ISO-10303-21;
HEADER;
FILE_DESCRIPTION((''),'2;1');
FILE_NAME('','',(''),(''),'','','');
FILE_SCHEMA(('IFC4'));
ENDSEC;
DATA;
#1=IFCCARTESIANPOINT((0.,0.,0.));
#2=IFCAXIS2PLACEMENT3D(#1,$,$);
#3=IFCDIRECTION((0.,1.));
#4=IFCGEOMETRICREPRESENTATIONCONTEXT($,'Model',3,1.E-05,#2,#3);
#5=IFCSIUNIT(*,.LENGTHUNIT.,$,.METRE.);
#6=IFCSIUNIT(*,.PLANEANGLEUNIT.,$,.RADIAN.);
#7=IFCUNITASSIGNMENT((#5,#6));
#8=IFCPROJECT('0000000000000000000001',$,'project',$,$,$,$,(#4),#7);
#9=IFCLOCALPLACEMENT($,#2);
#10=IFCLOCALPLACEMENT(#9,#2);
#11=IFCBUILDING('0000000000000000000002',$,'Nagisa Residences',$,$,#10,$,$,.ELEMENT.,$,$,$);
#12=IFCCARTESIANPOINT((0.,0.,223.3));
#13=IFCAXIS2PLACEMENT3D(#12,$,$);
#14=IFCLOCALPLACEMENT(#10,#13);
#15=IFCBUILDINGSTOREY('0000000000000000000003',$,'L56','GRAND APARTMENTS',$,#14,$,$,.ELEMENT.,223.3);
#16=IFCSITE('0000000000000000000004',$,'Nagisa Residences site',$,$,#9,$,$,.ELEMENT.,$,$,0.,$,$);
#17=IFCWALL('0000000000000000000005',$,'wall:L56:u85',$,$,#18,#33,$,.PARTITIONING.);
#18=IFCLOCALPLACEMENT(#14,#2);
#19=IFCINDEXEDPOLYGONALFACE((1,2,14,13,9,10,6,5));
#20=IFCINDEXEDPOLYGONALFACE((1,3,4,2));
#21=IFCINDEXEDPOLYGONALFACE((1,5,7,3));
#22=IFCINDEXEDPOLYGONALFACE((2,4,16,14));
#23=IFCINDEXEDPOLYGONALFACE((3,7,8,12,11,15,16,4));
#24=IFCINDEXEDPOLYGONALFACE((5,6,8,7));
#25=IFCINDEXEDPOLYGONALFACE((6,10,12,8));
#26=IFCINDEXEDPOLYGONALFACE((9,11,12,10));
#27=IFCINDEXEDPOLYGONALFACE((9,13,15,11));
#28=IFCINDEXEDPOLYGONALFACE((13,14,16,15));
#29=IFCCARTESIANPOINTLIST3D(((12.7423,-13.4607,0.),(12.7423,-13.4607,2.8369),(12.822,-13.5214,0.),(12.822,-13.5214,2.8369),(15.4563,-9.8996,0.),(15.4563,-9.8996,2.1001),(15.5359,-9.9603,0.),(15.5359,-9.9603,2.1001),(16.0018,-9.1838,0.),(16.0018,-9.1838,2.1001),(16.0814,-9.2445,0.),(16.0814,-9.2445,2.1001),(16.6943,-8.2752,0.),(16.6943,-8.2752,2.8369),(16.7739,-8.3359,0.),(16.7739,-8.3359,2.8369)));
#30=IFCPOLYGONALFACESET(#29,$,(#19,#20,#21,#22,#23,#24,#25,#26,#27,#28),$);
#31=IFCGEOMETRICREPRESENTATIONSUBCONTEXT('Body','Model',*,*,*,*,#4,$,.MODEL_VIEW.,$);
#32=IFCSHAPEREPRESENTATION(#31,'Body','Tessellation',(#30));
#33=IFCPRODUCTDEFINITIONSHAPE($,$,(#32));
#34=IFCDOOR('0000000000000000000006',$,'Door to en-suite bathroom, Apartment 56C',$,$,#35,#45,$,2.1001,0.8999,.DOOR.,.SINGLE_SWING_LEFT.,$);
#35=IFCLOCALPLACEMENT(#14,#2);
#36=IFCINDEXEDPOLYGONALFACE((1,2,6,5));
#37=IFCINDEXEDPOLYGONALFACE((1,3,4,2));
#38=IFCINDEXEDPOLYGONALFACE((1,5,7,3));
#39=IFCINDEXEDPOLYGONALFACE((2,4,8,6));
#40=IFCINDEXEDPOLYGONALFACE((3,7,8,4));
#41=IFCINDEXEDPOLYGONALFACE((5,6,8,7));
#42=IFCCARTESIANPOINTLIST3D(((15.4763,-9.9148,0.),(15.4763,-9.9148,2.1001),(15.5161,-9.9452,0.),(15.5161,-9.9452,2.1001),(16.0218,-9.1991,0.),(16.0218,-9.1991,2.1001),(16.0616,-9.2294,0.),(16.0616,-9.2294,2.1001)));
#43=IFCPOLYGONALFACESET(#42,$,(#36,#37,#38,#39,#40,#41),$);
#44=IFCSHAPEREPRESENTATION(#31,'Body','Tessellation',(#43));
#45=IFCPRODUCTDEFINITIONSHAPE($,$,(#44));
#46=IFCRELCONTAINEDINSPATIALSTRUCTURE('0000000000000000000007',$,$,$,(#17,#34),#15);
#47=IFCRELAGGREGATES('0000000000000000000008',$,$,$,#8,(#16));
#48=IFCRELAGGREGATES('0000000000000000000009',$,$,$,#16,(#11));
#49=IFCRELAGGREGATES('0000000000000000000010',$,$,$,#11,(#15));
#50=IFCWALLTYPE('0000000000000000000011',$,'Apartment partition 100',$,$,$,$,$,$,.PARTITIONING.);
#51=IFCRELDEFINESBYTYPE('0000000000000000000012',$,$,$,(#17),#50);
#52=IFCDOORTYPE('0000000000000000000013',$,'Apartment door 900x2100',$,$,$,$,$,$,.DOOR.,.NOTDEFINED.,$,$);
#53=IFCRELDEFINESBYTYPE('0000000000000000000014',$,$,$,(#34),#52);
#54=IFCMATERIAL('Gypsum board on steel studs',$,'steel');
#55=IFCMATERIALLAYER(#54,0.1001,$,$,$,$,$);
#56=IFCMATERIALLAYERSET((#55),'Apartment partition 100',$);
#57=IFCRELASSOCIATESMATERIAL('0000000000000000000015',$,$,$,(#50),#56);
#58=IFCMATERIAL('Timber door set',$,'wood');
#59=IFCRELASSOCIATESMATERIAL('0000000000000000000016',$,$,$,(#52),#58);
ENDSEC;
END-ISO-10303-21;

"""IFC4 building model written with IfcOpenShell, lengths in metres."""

from ifc_helpers import new_model, si_unit, direction, frame, frame_2d, origin, place, context, subcontext, project, spatial, rectangle, extrude, material, layer, layer_set, type_object, element, fill, save


model = new_model("IFC4")

# Units and contexts
model_context = context("Model", 3, precision=1e-05, world=origin(), true_north=direction((0.0, 1.0)))
body_context = subcontext(model_context, "Body", "Model", "MODEL_VIEW")
ifc_project = project(units=[si_unit("LENGTHUNIT", "METRE"), si_unit("PLANEANGLEUNIT", "RADIAN")], contexts=[model_context])

# Site, building, storey
site_placement = place(None, origin())
site = spatial("IfcSite", under=ifc_project, at=site_placement, Name="Nagisa Residences site", CompositionType="ELEMENT", RefElevation=0.0)
building_placement = place(site_placement, origin())
building = spatial("IfcBuilding", under=site, at=building_placement, Name="Nagisa Residences", CompositionType="ELEMENT")
storey_placement = place(building_placement, frame((0.0, 0.0, 223.3)))
storey = spatial("IfcBuildingStorey", under=building, at=storey_placement, Name="L56", Description="GRAND APARTMENTS", CompositionType="ELEMENT", Elevation=223.3)

# Shared definitions
ifc_material_1 = material(Name="Gypsum board on steel studs", Category="steel")
ifc_layer_1 = layer(ifc_material_1, 0.1001)
ifc_layer_set_1 = layer_set([ifc_layer_1], Name="Apartment partition 100")
wall_type_1 = type_object("IfcWallType", Name="Apartment partition 100", PredefinedType="PARTITIONING", material=ifc_layer_set_1)

# Wall, opening, door
ifc_material_2 = material(Name="Timber door set", Category="wood")
door_type_1 = type_object("IfcDoorType", Name="Apartment door 900x2100", OperationType="NOTDEFINED", PredefinedType="DOOR", material=ifc_material_2)
wall_1_placement = place(storey_placement, frame((12.7822, -13.491, 0.0), z_axis=(0.0, 0.0, 1.0), x_axis=(0.606141, 0.795357, 0.0)))
wall_1 = element("IfcWall", 1, at=wall_1_placement, inside=storey, type_object=wall_type_1, Name="wall:L56:u85", PredefinedType="PARTITIONING", context=body_context, shape_type="SweptSolid", body=[
    extrude(rectangle(XDim=6.5198, YDim=0.1001, at=frame_2d((3.2598, 0.0))), origin(), (0.0, 0.0, 1.0), 2.8369),
])
opening_1_placement = place(wall_1_placement, frame((4.4773, 0.0, 0.0)))
opening_1 = element("IfcOpeningElement", 2, at=opening_1_placement, cuts=wall_1, PredefinedType="OPENING", context=body_context, shape_type="SweptSolid", body=[
    extrude(rectangle(XDim=0.8999, YDim=2.1001, at=frame_2d((0.45, 1.05))), frame((0.0, 0.0601, 0.0), z_axis=(0.0, -1.0, 0.0), x_axis=(1.0, 0.0, 0.0)), (0.0, 0.0, 1.0), 0.1201),
])
door_1_placement = place(opening_1_placement, origin())
door_1 = element("IfcDoor", 3, at=door_1_placement, inside=storey, type_object=door_type_1, Name="Door to en-suite bathroom, Apartment 56C", OperationType="SINGLE_SWING_LEFT", OverallHeight=2.1001, OverallWidth=0.8999, PredefinedType="DOOR", context=body_context, shape_type="SweptSolid", body=[
    extrude(rectangle(XDim=0.8999, YDim=2.1001, at=frame_2d((0.45, 1.05))), frame((0.0, 0.0249, 0.0), z_axis=(0.0, -1.0, 0.0), x_axis=(1.0, 0.0, 0.0)), (0.0, 0.0, 1.0), 0.05),
])
fill(opening_1, door_1)

save(model, "model.ifc")
